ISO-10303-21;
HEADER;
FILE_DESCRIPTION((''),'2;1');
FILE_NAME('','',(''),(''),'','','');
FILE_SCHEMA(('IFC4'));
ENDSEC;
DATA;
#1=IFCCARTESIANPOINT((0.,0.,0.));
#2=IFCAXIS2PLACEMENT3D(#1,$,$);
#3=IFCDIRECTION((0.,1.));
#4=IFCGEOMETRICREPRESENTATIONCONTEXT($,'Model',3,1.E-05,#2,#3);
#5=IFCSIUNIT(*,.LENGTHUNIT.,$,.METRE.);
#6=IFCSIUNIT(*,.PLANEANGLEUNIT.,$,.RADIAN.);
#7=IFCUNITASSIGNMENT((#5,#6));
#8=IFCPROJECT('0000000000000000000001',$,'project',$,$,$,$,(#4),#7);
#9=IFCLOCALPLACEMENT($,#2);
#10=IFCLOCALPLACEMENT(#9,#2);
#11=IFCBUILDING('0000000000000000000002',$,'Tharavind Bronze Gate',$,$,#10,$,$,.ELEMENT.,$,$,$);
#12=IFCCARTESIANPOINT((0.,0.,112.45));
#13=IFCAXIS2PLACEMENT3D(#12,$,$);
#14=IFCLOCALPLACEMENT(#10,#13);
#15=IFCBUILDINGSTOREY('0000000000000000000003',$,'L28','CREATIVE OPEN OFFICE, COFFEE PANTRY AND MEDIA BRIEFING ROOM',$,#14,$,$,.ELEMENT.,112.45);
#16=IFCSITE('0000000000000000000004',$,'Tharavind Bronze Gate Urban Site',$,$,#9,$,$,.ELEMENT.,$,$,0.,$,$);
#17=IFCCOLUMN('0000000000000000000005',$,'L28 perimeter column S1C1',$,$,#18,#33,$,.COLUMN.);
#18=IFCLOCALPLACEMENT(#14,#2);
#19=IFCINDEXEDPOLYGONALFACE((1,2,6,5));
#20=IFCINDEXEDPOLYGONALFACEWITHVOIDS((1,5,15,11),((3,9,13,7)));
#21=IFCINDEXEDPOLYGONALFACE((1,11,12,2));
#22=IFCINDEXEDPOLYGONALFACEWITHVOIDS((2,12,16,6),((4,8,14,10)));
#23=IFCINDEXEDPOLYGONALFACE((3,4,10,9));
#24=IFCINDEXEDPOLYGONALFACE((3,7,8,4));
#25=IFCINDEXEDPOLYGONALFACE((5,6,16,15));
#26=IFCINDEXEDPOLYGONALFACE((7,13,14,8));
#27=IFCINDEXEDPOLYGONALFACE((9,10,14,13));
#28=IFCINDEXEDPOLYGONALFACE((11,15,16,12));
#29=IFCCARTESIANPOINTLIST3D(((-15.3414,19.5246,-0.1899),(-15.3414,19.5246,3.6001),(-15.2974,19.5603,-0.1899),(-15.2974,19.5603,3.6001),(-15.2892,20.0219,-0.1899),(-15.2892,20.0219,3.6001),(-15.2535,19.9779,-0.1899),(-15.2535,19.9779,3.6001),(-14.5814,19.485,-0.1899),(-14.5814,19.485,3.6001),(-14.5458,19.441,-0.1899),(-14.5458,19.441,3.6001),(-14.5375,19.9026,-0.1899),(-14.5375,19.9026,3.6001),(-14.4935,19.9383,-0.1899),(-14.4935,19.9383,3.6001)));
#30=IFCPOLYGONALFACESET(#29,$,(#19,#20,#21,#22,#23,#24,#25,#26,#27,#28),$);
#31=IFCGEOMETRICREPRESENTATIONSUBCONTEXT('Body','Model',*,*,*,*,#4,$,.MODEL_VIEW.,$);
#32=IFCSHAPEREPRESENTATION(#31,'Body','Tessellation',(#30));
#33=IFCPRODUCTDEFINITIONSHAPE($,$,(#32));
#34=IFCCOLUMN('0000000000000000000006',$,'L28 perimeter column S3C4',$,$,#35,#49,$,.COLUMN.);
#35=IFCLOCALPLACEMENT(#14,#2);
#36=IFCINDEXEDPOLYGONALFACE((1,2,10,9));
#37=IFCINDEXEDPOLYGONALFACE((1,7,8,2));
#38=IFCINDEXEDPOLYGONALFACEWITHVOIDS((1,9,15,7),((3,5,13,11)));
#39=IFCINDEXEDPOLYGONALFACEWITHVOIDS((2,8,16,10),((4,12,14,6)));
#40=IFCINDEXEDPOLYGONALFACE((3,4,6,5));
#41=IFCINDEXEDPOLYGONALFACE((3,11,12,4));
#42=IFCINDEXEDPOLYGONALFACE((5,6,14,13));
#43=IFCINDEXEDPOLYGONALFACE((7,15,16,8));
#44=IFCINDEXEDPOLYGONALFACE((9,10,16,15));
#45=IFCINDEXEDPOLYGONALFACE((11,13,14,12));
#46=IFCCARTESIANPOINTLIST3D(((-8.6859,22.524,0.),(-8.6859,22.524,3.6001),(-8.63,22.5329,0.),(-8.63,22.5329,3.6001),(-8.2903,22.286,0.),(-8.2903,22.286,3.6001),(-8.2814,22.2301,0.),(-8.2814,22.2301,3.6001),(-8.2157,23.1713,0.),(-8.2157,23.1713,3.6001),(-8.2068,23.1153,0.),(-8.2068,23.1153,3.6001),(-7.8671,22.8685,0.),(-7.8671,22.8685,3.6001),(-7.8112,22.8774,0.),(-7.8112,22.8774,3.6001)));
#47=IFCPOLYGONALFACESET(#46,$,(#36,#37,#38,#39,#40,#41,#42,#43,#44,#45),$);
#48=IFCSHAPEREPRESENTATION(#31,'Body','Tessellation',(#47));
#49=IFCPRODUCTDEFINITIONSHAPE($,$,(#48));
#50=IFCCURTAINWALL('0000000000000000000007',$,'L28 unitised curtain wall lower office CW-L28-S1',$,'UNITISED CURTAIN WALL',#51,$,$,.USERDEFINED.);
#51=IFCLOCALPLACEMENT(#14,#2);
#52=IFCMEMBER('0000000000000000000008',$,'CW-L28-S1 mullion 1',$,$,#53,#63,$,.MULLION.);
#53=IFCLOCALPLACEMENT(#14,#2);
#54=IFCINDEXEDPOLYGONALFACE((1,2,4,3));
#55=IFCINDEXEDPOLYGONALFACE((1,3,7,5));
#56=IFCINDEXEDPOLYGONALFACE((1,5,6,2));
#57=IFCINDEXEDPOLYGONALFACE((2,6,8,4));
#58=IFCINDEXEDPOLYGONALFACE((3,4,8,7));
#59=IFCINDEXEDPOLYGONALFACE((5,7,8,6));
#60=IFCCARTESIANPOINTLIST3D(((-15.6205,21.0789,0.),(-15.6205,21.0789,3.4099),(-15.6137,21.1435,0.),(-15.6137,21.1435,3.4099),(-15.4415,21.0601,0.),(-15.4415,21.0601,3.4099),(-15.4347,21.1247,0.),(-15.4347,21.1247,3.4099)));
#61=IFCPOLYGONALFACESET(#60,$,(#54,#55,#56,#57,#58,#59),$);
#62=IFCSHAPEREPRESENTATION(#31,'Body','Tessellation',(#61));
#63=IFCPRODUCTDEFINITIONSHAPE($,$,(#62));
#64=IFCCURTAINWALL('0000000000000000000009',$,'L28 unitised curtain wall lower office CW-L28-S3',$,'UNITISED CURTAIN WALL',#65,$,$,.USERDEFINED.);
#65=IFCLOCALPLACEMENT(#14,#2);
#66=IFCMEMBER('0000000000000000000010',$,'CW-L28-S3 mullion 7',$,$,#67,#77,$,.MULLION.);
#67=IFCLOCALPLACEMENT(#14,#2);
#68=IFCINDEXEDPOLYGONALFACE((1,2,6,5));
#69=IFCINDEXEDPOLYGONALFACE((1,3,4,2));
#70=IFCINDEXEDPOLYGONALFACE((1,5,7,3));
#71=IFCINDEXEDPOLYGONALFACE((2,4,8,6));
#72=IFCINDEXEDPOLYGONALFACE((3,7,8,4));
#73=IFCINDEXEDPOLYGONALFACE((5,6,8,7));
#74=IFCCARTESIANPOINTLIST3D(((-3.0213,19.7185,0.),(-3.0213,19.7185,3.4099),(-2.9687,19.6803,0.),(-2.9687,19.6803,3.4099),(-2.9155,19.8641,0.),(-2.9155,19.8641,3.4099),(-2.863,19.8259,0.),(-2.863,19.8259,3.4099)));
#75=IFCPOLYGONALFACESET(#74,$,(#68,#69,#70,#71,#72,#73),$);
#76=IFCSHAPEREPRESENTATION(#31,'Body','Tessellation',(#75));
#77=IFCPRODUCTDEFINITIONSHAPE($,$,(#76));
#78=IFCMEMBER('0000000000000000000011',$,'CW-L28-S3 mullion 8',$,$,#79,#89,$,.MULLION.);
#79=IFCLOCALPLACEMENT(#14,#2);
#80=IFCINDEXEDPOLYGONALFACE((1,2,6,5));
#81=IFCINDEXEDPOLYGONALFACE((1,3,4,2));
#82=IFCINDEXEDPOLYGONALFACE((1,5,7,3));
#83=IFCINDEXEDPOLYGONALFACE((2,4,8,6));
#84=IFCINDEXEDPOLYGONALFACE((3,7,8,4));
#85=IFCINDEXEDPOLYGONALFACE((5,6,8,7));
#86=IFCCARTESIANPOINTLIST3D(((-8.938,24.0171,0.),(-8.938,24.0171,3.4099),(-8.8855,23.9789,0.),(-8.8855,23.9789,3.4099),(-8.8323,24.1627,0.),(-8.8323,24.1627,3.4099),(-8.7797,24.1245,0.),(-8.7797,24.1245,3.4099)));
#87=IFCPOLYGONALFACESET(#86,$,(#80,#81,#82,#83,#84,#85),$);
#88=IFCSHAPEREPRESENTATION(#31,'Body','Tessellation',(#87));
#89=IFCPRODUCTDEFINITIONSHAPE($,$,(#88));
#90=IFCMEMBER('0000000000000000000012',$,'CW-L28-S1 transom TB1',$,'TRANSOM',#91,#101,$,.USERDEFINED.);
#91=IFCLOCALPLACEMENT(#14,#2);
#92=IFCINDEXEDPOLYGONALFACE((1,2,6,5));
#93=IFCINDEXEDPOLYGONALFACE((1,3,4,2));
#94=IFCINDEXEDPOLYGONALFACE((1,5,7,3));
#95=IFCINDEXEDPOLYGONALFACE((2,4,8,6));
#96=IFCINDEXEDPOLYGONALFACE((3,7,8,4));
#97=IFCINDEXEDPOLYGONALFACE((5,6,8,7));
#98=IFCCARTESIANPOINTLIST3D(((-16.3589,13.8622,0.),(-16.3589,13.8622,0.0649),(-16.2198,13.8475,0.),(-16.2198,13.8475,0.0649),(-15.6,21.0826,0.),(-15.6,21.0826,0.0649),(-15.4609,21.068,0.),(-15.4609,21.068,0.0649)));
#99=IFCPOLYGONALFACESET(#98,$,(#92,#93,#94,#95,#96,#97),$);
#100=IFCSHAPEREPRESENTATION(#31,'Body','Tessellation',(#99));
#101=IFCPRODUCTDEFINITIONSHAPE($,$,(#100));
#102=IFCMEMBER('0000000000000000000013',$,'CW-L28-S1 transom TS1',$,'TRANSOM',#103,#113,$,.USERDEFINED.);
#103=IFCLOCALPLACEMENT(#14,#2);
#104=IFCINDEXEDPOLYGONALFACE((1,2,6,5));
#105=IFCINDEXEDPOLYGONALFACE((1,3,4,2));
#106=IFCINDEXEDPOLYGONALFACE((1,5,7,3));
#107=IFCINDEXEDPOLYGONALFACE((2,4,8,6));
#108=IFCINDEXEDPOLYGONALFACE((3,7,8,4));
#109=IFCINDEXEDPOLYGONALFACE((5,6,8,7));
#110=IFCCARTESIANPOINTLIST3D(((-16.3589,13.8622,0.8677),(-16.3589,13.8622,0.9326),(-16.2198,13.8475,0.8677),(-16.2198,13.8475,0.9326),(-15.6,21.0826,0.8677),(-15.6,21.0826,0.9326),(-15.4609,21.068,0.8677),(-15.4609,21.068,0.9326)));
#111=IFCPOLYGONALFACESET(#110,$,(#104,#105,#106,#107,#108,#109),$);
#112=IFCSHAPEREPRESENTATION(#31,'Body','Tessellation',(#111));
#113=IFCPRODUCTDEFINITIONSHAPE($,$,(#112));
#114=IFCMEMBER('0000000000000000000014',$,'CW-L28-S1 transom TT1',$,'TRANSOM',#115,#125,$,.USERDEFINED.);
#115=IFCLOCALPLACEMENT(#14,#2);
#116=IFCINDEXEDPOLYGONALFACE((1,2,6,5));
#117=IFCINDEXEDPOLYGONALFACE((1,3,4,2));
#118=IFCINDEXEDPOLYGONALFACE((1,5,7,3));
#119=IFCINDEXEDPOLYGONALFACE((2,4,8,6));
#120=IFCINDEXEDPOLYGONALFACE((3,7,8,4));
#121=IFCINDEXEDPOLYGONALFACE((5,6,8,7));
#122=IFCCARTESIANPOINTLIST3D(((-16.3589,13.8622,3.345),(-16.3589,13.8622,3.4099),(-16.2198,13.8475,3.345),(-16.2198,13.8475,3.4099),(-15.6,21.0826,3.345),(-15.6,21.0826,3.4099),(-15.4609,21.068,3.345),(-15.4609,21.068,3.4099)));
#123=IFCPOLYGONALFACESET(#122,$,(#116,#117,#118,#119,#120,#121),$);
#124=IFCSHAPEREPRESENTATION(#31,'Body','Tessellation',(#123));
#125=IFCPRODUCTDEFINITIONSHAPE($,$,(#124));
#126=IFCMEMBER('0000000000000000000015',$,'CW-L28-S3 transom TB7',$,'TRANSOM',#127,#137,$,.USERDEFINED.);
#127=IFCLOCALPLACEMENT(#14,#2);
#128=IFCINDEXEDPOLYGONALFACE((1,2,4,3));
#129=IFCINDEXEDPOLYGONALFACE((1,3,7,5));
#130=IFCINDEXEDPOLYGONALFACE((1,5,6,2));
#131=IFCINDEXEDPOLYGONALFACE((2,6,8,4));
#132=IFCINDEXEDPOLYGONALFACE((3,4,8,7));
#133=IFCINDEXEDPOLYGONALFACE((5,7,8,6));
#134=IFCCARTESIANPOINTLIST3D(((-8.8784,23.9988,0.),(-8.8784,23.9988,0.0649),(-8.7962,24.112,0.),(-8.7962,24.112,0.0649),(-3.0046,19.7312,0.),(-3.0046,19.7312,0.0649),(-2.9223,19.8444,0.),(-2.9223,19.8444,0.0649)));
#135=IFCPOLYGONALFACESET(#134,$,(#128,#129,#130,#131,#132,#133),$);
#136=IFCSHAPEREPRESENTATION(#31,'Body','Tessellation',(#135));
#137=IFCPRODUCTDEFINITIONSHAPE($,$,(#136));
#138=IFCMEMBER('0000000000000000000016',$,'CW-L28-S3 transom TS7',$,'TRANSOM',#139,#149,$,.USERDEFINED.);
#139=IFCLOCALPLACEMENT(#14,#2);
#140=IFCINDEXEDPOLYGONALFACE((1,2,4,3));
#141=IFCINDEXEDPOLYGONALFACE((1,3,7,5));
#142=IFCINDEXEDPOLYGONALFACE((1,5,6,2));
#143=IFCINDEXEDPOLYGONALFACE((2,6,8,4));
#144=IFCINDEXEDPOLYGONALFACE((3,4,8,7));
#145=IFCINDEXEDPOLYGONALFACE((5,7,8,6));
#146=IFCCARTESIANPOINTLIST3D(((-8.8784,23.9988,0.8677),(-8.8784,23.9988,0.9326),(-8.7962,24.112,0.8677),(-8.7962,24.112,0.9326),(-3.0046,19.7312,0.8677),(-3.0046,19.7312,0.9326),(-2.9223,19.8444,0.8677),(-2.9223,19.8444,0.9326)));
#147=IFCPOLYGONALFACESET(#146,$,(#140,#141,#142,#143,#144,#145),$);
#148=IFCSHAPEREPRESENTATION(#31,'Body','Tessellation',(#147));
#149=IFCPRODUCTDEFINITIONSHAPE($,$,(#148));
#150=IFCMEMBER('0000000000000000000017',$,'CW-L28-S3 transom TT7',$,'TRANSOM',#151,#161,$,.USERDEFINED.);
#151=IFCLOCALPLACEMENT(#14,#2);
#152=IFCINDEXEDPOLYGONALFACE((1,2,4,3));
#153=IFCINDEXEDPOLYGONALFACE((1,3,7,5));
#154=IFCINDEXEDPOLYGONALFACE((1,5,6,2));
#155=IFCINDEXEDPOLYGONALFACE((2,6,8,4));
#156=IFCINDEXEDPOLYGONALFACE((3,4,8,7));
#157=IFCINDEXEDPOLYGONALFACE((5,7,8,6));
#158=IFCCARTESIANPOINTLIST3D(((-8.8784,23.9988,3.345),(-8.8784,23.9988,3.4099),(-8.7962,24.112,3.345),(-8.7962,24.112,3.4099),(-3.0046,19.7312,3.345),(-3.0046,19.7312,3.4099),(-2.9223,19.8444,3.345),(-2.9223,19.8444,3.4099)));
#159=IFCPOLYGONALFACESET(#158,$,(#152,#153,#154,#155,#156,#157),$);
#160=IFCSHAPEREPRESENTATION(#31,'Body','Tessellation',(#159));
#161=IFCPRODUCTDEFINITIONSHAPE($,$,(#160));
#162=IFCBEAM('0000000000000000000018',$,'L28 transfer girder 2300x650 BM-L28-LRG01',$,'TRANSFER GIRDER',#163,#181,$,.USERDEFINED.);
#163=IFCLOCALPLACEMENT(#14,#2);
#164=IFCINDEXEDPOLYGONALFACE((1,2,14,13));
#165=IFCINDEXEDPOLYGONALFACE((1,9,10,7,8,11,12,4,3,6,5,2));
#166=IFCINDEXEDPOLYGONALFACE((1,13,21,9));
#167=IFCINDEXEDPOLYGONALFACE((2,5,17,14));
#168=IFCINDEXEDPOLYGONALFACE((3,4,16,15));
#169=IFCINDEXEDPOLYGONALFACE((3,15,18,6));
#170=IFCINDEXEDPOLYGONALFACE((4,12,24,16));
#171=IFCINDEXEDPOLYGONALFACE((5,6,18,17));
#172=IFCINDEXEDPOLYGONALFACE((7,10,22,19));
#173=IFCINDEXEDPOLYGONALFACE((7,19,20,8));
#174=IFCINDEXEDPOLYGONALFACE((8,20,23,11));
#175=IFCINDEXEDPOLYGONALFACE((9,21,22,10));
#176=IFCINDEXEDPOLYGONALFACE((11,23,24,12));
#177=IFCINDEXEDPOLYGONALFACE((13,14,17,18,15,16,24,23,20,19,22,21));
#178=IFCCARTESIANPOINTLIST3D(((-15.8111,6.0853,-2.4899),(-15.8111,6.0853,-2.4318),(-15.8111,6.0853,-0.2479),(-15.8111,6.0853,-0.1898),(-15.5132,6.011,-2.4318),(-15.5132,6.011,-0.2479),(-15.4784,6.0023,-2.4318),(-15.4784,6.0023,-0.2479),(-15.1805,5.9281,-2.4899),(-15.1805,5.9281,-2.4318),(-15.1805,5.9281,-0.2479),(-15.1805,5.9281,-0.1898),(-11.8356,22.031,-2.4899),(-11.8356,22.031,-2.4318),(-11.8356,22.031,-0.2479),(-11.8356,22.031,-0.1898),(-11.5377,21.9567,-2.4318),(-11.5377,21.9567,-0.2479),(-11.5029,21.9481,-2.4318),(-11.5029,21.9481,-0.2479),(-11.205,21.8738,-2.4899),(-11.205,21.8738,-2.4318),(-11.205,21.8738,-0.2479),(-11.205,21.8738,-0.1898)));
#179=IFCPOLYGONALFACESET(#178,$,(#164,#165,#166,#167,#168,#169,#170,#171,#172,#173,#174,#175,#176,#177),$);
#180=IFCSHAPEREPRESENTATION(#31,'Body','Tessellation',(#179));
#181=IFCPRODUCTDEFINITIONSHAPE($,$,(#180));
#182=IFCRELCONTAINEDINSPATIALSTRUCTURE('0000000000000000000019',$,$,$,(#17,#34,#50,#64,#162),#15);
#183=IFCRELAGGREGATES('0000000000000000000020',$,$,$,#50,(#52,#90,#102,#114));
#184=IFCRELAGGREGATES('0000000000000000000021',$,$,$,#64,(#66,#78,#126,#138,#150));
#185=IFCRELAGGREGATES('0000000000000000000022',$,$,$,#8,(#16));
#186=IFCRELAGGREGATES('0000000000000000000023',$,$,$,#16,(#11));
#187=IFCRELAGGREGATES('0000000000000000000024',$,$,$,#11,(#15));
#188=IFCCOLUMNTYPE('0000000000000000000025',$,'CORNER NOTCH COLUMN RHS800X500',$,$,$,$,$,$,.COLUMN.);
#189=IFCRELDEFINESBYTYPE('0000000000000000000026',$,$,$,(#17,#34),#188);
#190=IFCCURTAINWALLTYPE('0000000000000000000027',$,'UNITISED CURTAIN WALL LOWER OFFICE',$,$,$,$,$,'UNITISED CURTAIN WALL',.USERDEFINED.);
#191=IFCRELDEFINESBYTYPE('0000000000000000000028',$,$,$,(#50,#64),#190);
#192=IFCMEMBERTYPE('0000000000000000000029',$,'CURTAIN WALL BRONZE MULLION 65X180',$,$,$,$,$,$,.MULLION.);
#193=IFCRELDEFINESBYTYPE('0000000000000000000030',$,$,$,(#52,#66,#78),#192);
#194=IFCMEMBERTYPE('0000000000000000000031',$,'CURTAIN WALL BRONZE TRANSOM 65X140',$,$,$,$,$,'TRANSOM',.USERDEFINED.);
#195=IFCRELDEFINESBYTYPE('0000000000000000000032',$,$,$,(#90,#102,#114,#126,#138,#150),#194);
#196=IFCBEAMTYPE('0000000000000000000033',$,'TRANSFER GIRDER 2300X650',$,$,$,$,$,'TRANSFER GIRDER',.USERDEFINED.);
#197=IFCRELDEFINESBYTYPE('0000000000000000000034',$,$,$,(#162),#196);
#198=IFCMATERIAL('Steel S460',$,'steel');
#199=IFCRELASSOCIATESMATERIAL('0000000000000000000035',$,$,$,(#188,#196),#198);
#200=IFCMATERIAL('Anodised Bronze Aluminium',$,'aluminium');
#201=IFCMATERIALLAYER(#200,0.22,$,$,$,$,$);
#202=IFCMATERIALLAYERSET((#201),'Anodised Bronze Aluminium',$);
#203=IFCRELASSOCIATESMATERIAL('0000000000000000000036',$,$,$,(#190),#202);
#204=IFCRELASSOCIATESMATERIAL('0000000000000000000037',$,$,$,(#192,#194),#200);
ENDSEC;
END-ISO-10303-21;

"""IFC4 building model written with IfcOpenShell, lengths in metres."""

from ifc_helpers import new_model, si_unit, direction, frame, origin, origin_2d, place, context, subcontext, project, spatial, rectangle, hollow_rectangle, i_section, extrude, material, layer, layer_set, material_profile, profile_set, type_object, element, aggregate, save


model = new_model("IFC4")

# Units and contexts
model_context = context("Model", 3, precision=1e-05, world=origin(), true_north=direction((0.0, 1.0)))
body_context = subcontext(model_context, "Body", "Model", "MODEL_VIEW")
ifc_project = project(units=[si_unit("LENGTHUNIT", "METRE"), si_unit("PLANEANGLEUNIT", "RADIAN")], contexts=[model_context])

# Site, building, storey
site_placement = place(None, origin())
site = spatial("IfcSite", under=ifc_project, at=site_placement, Name="Tharavind Bronze Gate Urban Site", CompositionType="ELEMENT", RefElevation=0.0)
building_placement = place(site_placement, origin())
building = spatial("IfcBuilding", under=site, at=building_placement, Name="Tharavind Bronze Gate", CompositionType="ELEMENT")
storey_placement = place(building_placement, frame((0.0, 0.0, 112.45)))
storey = spatial("IfcBuildingStorey", under=building, at=storey_placement, Name="L28", Description="CREATIVE OPEN OFFICE, COFFEE PANTRY AND MEDIA BRIEFING ROOM", CompositionType="ELEMENT", Elevation=112.45)

# Columns
ifc_material_1 = material(Name="Steel S460", Category="steel")
ifc_material_profile_1 = material_profile(ifc_material_1, hollow_rectangle(XDim=0.5, YDim=0.8, WallThickness=0.04, at=origin_2d()), Name="RHS800X500X40")
ifc_profile_set_1 = profile_set([ifc_material_profile_1], Name="Steel S460")
column_type = type_object("IfcColumnType", Name="CORNER NOTCH COLUMN RHS800X500", PredefinedType="COLUMN", material=ifc_profile_set_1)
column_1_placement = place(storey_placement, frame((-14.9175, 19.7314, -0.1899), z_axis=(0.0, 0.0, 1.0), x_axis=(0.10453, 0.994522, 0.0)))
element("IfcColumn", 1, at=column_1_placement, inside=storey, type_object=column_type, Name="L28 perimeter column S1C1", PredefinedType="COLUMN", context=body_context, shape_type="SweptSolid", body=[
    extrude(hollow_rectangle(XDim=0.5, YDim=0.8, WallThickness=0.04, at=origin_2d()), origin(), (0.0, 0.0, 1.0), 3.79),
])
column_2_placement = place(storey_placement, frame((-8.2485, 22.7007, 0.0), z_axis=(0.0, 0.0, 1.0), x_axis=(-0.809017, 0.587785, 0.0)))
element("IfcColumn", 2, at=column_2_placement, inside=storey, type_object=column_type, Name="L28 perimeter column S3C4", PredefinedType="COLUMN", context=body_context, shape_type="SweptSolid", body=[
    extrude(hollow_rectangle(XDim=0.5, YDim=0.8, WallThickness=0.04, at=origin_2d()), origin(), (0.0, 0.0, 1.0), 3.6001),
])

# Curtain wall, member
ifc_material_2 = material(Name="Anodised Bronze Aluminium", Category="aluminium")
ifc_layer_1 = layer(ifc_material_2, 0.22)
ifc_layer_set_1 = layer_set([ifc_layer_1], Name="Anodised Bronze Aluminium")
curtain_wall_type = type_object("IfcCurtainWallType", Name="UNITISED CURTAIN WALL LOWER OFFICE", ElementType="UNITISED CURTAIN WALL", PredefinedType="USERDEFINED", material=ifc_layer_set_1)
curtain_wall_1_placement = place(storey_placement, origin())
curtain_wall_1 = element("IfcCurtainWall", 3, at=curtain_wall_1_placement, inside=storey, type_object=curtain_wall_type, Name="L28 unitised curtain wall lower office CW-L28-S1", ObjectType="UNITISED CURTAIN WALL", PredefinedType="USERDEFINED")
member_type_1 = type_object("IfcMemberType", Name="CURTAIN WALL BRONZE MULLION 65X180", PredefinedType="MULLION", material=ifc_material_2)
member_1_placement = place(storey_placement, frame((-15.5276, 21.1018, 0.0), z_axis=(0.0, 0.0, 1.0), x_axis=(-0.104527, -0.994522, 0.0)))
member_1 = element("IfcMember", 4, at=member_1_placement, type_object=member_type_1, Name="CW-L28-S1 mullion 1", PredefinedType="MULLION", context=body_context, shape_type="SweptSolid", body=[
    extrude(rectangle(XDim=0.0649, YDim=0.1799, at=origin_2d()), origin(), (0.0, 0.0, 1.0), 3.4099),
])

# Curtain wall, members
curtain_wall_2_placement = place(storey_placement, origin())
curtain_wall_2 = element("IfcCurtainWall", 5, at=curtain_wall_2_placement, inside=storey, type_object=curtain_wall_type, Name="L28 unitised curtain wall lower office CW-L28-S3", ObjectType="UNITISED CURTAIN WALL", PredefinedType="USERDEFINED")
member_2_placement = place(storey_placement, frame((-2.9421, 19.7722, 0.0), z_axis=(0.0, 0.0, 1.0), x_axis=(-0.809017, 0.587785, 0.0)))
member_2 = element("IfcMember", 6, at=member_2_placement, type_object=member_type_1, Name="CW-L28-S3 mullion 7", PredefinedType="MULLION", context=body_context, shape_type="SweptSolid", body=[
    extrude(rectangle(XDim=0.0649, YDim=0.1799, at=origin_2d()), origin(), (0.0, 0.0, 1.0), 3.4099),
])
member_3_placement = place(storey_placement, frame((-8.8589, 24.0708, 0.0), z_axis=(0.0, 0.0, 1.0), x_axis=(-0.809017, 0.587785, 0.0)))
member_3 = element("IfcMember", 7, at=member_3_placement, type_object=member_type_1, Name="CW-L28-S3 mullion 8", PredefinedType="MULLION", context=body_context, shape_type="SweptSolid", body=[
    extrude(rectangle(XDim=0.0649, YDim=0.1799, at=origin_2d()), origin(), (0.0, 0.0, 1.0), 3.4099),
])

# Members
member_type_2 = type_object("IfcMemberType", Name="CURTAIN WALL BRONZE TRANSOM 65X140", ElementType="TRANSOM", PredefinedType="USERDEFINED", material=ifc_material_2)
member_4_placement = place(storey_placement, frame((-15.9099, 17.4651, 0.0), z_axis=(0.0, 0.0, 1.0), x_axis=(-0.104527, -0.994522, 0.0)))
member_4 = element("IfcMember", 8, at=member_4_placement, type_object=member_type_2, Name="CW-L28-S1 transom TB1", ObjectType="TRANSOM", PredefinedType="USERDEFINED", context=body_context, shape_type="SweptSolid", body=[
    extrude(rectangle(XDim=7.2603, YDim=0.1399, at=origin_2d()), origin(), (0.0, 0.0, 1.0), 0.0649),
])
member_5_placement = place(storey_placement, frame((-15.9099, 17.4651, 0.8677), z_axis=(0.0, 0.0, 1.0), x_axis=(-0.104527, -0.994522, 0.0)))
member_5 = element("IfcMember", 9, at=member_5_placement, type_object=member_type_2, Name="CW-L28-S1 transom TS1", ObjectType="TRANSOM", PredefinedType="USERDEFINED", context=body_context, shape_type="SweptSolid", body=[
    extrude(rectangle(XDim=7.2603, YDim=0.1399, at=origin_2d()), origin(), (0.0, 0.0, 1.0), 0.0649),
])
member_6_placement = place(storey_placement, frame((-15.9099, 17.4651, 3.345), z_axis=(0.0, 0.0, 1.0), x_axis=(-0.104527, -0.994522, 0.0)))
member_6 = element("IfcMember", 10, at=member_6_placement, type_object=member_type_2, Name="CW-L28-S1 transom TT1", ObjectType="TRANSOM", PredefinedType="USERDEFINED", context=body_context, shape_type="SweptSolid", body=[
    extrude(rectangle(XDim=7.2603, YDim=0.1399, at=origin_2d()), origin(), (0.0, 0.0, 1.0), 0.0649),
])
member_7_placement = place(storey_placement, frame((-5.9004, 21.9216, 0.0), z_axis=(0.0, 0.0, 1.0), x_axis=(-0.809017, 0.587785, 0.0)))
member_7 = element("IfcMember", 11, at=member_7_placement, type_object=member_type_2, Name="CW-L28-S3 transom TB7", ObjectType="TRANSOM", PredefinedType="USERDEFINED", context=body_context, shape_type="SweptSolid", body=[
    extrude(rectangle(XDim=7.2605, YDim=0.1399, at=origin_2d()), origin(), (0.0, 0.0, 1.0), 0.0649),
])
member_8_placement = place(storey_placement, frame((-5.9004, 21.9216, 0.8677), z_axis=(0.0, 0.0, 1.0), x_axis=(-0.809017, 0.587785, 0.0)))
member_8 = element("IfcMember", 12, at=member_8_placement, type_object=member_type_2, Name="CW-L28-S3 transom TS7", ObjectType="TRANSOM", PredefinedType="USERDEFINED", context=body_context, shape_type="SweptSolid", body=[
    extrude(rectangle(XDim=7.2605, YDim=0.1399, at=origin_2d()), origin(), (0.0, 0.0, 1.0), 0.0649),
])
member_9_placement = place(storey_placement, frame((-5.9004, 21.9216, 3.345), z_axis=(0.0, 0.0, 1.0), x_axis=(-0.809017, 0.587785, 0.0)))
member_9 = element("IfcMember", 13, at=member_9_placement, type_object=member_type_2, Name="CW-L28-S3 transom TT7", ObjectType="TRANSOM", PredefinedType="USERDEFINED", context=body_context, shape_type="SweptSolid", body=[
    extrude(rectangle(XDim=7.2605, YDim=0.1399, at=origin_2d()), origin(), (0.0, 0.0, 1.0), 0.0649),
])

# Beam
ifc_material_profile_2 = material_profile(ifc_material_1, i_section(OverallWidth=0.6499, OverallDepth=2.3, WebThickness=0.0359, FlangeThickness=0.0581, at=origin_2d()), Name="PG2300X650")
ifc_profile_set_2 = profile_set([ifc_material_profile_2], Name="Steel S460")
beam_type = type_object("IfcBeamType", Name="TRANSFER GIRDER 2300X650", ElementType="TRANSFER GIRDER", PredefinedType="USERDEFINED", material=ifc_profile_set_2)
beam_1_placement = place(storey_placement, frame((-11.5203, 21.9524, -1.3398), z_axis=(-0.241913, -0.970298, 0.0), x_axis=(0.970298, -0.241913, 0.0)))
element("IfcBeam", 14, at=beam_1_placement, inside=storey, type_object=beam_type, Name="L28 transfer girder 2300x650 BM-L28-LRG01", ObjectType="TRANSFER GIRDER", PredefinedType="USERDEFINED", context=body_context, shape_type="SweptSolid", body=[
    extrude(i_section(OverallWidth=0.6499, OverallDepth=2.3, WebThickness=0.0359, FlangeThickness=0.0581, at=origin_2d()), origin(), (0.0, 0.0, 1.0), 16.4338),
])

aggregate(curtain_wall_1, [member_1, member_4, member_5, member_6])
aggregate(curtain_wall_2, [member_2, member_3, member_7, member_8, member_9])

save(model, "model.ifc")
